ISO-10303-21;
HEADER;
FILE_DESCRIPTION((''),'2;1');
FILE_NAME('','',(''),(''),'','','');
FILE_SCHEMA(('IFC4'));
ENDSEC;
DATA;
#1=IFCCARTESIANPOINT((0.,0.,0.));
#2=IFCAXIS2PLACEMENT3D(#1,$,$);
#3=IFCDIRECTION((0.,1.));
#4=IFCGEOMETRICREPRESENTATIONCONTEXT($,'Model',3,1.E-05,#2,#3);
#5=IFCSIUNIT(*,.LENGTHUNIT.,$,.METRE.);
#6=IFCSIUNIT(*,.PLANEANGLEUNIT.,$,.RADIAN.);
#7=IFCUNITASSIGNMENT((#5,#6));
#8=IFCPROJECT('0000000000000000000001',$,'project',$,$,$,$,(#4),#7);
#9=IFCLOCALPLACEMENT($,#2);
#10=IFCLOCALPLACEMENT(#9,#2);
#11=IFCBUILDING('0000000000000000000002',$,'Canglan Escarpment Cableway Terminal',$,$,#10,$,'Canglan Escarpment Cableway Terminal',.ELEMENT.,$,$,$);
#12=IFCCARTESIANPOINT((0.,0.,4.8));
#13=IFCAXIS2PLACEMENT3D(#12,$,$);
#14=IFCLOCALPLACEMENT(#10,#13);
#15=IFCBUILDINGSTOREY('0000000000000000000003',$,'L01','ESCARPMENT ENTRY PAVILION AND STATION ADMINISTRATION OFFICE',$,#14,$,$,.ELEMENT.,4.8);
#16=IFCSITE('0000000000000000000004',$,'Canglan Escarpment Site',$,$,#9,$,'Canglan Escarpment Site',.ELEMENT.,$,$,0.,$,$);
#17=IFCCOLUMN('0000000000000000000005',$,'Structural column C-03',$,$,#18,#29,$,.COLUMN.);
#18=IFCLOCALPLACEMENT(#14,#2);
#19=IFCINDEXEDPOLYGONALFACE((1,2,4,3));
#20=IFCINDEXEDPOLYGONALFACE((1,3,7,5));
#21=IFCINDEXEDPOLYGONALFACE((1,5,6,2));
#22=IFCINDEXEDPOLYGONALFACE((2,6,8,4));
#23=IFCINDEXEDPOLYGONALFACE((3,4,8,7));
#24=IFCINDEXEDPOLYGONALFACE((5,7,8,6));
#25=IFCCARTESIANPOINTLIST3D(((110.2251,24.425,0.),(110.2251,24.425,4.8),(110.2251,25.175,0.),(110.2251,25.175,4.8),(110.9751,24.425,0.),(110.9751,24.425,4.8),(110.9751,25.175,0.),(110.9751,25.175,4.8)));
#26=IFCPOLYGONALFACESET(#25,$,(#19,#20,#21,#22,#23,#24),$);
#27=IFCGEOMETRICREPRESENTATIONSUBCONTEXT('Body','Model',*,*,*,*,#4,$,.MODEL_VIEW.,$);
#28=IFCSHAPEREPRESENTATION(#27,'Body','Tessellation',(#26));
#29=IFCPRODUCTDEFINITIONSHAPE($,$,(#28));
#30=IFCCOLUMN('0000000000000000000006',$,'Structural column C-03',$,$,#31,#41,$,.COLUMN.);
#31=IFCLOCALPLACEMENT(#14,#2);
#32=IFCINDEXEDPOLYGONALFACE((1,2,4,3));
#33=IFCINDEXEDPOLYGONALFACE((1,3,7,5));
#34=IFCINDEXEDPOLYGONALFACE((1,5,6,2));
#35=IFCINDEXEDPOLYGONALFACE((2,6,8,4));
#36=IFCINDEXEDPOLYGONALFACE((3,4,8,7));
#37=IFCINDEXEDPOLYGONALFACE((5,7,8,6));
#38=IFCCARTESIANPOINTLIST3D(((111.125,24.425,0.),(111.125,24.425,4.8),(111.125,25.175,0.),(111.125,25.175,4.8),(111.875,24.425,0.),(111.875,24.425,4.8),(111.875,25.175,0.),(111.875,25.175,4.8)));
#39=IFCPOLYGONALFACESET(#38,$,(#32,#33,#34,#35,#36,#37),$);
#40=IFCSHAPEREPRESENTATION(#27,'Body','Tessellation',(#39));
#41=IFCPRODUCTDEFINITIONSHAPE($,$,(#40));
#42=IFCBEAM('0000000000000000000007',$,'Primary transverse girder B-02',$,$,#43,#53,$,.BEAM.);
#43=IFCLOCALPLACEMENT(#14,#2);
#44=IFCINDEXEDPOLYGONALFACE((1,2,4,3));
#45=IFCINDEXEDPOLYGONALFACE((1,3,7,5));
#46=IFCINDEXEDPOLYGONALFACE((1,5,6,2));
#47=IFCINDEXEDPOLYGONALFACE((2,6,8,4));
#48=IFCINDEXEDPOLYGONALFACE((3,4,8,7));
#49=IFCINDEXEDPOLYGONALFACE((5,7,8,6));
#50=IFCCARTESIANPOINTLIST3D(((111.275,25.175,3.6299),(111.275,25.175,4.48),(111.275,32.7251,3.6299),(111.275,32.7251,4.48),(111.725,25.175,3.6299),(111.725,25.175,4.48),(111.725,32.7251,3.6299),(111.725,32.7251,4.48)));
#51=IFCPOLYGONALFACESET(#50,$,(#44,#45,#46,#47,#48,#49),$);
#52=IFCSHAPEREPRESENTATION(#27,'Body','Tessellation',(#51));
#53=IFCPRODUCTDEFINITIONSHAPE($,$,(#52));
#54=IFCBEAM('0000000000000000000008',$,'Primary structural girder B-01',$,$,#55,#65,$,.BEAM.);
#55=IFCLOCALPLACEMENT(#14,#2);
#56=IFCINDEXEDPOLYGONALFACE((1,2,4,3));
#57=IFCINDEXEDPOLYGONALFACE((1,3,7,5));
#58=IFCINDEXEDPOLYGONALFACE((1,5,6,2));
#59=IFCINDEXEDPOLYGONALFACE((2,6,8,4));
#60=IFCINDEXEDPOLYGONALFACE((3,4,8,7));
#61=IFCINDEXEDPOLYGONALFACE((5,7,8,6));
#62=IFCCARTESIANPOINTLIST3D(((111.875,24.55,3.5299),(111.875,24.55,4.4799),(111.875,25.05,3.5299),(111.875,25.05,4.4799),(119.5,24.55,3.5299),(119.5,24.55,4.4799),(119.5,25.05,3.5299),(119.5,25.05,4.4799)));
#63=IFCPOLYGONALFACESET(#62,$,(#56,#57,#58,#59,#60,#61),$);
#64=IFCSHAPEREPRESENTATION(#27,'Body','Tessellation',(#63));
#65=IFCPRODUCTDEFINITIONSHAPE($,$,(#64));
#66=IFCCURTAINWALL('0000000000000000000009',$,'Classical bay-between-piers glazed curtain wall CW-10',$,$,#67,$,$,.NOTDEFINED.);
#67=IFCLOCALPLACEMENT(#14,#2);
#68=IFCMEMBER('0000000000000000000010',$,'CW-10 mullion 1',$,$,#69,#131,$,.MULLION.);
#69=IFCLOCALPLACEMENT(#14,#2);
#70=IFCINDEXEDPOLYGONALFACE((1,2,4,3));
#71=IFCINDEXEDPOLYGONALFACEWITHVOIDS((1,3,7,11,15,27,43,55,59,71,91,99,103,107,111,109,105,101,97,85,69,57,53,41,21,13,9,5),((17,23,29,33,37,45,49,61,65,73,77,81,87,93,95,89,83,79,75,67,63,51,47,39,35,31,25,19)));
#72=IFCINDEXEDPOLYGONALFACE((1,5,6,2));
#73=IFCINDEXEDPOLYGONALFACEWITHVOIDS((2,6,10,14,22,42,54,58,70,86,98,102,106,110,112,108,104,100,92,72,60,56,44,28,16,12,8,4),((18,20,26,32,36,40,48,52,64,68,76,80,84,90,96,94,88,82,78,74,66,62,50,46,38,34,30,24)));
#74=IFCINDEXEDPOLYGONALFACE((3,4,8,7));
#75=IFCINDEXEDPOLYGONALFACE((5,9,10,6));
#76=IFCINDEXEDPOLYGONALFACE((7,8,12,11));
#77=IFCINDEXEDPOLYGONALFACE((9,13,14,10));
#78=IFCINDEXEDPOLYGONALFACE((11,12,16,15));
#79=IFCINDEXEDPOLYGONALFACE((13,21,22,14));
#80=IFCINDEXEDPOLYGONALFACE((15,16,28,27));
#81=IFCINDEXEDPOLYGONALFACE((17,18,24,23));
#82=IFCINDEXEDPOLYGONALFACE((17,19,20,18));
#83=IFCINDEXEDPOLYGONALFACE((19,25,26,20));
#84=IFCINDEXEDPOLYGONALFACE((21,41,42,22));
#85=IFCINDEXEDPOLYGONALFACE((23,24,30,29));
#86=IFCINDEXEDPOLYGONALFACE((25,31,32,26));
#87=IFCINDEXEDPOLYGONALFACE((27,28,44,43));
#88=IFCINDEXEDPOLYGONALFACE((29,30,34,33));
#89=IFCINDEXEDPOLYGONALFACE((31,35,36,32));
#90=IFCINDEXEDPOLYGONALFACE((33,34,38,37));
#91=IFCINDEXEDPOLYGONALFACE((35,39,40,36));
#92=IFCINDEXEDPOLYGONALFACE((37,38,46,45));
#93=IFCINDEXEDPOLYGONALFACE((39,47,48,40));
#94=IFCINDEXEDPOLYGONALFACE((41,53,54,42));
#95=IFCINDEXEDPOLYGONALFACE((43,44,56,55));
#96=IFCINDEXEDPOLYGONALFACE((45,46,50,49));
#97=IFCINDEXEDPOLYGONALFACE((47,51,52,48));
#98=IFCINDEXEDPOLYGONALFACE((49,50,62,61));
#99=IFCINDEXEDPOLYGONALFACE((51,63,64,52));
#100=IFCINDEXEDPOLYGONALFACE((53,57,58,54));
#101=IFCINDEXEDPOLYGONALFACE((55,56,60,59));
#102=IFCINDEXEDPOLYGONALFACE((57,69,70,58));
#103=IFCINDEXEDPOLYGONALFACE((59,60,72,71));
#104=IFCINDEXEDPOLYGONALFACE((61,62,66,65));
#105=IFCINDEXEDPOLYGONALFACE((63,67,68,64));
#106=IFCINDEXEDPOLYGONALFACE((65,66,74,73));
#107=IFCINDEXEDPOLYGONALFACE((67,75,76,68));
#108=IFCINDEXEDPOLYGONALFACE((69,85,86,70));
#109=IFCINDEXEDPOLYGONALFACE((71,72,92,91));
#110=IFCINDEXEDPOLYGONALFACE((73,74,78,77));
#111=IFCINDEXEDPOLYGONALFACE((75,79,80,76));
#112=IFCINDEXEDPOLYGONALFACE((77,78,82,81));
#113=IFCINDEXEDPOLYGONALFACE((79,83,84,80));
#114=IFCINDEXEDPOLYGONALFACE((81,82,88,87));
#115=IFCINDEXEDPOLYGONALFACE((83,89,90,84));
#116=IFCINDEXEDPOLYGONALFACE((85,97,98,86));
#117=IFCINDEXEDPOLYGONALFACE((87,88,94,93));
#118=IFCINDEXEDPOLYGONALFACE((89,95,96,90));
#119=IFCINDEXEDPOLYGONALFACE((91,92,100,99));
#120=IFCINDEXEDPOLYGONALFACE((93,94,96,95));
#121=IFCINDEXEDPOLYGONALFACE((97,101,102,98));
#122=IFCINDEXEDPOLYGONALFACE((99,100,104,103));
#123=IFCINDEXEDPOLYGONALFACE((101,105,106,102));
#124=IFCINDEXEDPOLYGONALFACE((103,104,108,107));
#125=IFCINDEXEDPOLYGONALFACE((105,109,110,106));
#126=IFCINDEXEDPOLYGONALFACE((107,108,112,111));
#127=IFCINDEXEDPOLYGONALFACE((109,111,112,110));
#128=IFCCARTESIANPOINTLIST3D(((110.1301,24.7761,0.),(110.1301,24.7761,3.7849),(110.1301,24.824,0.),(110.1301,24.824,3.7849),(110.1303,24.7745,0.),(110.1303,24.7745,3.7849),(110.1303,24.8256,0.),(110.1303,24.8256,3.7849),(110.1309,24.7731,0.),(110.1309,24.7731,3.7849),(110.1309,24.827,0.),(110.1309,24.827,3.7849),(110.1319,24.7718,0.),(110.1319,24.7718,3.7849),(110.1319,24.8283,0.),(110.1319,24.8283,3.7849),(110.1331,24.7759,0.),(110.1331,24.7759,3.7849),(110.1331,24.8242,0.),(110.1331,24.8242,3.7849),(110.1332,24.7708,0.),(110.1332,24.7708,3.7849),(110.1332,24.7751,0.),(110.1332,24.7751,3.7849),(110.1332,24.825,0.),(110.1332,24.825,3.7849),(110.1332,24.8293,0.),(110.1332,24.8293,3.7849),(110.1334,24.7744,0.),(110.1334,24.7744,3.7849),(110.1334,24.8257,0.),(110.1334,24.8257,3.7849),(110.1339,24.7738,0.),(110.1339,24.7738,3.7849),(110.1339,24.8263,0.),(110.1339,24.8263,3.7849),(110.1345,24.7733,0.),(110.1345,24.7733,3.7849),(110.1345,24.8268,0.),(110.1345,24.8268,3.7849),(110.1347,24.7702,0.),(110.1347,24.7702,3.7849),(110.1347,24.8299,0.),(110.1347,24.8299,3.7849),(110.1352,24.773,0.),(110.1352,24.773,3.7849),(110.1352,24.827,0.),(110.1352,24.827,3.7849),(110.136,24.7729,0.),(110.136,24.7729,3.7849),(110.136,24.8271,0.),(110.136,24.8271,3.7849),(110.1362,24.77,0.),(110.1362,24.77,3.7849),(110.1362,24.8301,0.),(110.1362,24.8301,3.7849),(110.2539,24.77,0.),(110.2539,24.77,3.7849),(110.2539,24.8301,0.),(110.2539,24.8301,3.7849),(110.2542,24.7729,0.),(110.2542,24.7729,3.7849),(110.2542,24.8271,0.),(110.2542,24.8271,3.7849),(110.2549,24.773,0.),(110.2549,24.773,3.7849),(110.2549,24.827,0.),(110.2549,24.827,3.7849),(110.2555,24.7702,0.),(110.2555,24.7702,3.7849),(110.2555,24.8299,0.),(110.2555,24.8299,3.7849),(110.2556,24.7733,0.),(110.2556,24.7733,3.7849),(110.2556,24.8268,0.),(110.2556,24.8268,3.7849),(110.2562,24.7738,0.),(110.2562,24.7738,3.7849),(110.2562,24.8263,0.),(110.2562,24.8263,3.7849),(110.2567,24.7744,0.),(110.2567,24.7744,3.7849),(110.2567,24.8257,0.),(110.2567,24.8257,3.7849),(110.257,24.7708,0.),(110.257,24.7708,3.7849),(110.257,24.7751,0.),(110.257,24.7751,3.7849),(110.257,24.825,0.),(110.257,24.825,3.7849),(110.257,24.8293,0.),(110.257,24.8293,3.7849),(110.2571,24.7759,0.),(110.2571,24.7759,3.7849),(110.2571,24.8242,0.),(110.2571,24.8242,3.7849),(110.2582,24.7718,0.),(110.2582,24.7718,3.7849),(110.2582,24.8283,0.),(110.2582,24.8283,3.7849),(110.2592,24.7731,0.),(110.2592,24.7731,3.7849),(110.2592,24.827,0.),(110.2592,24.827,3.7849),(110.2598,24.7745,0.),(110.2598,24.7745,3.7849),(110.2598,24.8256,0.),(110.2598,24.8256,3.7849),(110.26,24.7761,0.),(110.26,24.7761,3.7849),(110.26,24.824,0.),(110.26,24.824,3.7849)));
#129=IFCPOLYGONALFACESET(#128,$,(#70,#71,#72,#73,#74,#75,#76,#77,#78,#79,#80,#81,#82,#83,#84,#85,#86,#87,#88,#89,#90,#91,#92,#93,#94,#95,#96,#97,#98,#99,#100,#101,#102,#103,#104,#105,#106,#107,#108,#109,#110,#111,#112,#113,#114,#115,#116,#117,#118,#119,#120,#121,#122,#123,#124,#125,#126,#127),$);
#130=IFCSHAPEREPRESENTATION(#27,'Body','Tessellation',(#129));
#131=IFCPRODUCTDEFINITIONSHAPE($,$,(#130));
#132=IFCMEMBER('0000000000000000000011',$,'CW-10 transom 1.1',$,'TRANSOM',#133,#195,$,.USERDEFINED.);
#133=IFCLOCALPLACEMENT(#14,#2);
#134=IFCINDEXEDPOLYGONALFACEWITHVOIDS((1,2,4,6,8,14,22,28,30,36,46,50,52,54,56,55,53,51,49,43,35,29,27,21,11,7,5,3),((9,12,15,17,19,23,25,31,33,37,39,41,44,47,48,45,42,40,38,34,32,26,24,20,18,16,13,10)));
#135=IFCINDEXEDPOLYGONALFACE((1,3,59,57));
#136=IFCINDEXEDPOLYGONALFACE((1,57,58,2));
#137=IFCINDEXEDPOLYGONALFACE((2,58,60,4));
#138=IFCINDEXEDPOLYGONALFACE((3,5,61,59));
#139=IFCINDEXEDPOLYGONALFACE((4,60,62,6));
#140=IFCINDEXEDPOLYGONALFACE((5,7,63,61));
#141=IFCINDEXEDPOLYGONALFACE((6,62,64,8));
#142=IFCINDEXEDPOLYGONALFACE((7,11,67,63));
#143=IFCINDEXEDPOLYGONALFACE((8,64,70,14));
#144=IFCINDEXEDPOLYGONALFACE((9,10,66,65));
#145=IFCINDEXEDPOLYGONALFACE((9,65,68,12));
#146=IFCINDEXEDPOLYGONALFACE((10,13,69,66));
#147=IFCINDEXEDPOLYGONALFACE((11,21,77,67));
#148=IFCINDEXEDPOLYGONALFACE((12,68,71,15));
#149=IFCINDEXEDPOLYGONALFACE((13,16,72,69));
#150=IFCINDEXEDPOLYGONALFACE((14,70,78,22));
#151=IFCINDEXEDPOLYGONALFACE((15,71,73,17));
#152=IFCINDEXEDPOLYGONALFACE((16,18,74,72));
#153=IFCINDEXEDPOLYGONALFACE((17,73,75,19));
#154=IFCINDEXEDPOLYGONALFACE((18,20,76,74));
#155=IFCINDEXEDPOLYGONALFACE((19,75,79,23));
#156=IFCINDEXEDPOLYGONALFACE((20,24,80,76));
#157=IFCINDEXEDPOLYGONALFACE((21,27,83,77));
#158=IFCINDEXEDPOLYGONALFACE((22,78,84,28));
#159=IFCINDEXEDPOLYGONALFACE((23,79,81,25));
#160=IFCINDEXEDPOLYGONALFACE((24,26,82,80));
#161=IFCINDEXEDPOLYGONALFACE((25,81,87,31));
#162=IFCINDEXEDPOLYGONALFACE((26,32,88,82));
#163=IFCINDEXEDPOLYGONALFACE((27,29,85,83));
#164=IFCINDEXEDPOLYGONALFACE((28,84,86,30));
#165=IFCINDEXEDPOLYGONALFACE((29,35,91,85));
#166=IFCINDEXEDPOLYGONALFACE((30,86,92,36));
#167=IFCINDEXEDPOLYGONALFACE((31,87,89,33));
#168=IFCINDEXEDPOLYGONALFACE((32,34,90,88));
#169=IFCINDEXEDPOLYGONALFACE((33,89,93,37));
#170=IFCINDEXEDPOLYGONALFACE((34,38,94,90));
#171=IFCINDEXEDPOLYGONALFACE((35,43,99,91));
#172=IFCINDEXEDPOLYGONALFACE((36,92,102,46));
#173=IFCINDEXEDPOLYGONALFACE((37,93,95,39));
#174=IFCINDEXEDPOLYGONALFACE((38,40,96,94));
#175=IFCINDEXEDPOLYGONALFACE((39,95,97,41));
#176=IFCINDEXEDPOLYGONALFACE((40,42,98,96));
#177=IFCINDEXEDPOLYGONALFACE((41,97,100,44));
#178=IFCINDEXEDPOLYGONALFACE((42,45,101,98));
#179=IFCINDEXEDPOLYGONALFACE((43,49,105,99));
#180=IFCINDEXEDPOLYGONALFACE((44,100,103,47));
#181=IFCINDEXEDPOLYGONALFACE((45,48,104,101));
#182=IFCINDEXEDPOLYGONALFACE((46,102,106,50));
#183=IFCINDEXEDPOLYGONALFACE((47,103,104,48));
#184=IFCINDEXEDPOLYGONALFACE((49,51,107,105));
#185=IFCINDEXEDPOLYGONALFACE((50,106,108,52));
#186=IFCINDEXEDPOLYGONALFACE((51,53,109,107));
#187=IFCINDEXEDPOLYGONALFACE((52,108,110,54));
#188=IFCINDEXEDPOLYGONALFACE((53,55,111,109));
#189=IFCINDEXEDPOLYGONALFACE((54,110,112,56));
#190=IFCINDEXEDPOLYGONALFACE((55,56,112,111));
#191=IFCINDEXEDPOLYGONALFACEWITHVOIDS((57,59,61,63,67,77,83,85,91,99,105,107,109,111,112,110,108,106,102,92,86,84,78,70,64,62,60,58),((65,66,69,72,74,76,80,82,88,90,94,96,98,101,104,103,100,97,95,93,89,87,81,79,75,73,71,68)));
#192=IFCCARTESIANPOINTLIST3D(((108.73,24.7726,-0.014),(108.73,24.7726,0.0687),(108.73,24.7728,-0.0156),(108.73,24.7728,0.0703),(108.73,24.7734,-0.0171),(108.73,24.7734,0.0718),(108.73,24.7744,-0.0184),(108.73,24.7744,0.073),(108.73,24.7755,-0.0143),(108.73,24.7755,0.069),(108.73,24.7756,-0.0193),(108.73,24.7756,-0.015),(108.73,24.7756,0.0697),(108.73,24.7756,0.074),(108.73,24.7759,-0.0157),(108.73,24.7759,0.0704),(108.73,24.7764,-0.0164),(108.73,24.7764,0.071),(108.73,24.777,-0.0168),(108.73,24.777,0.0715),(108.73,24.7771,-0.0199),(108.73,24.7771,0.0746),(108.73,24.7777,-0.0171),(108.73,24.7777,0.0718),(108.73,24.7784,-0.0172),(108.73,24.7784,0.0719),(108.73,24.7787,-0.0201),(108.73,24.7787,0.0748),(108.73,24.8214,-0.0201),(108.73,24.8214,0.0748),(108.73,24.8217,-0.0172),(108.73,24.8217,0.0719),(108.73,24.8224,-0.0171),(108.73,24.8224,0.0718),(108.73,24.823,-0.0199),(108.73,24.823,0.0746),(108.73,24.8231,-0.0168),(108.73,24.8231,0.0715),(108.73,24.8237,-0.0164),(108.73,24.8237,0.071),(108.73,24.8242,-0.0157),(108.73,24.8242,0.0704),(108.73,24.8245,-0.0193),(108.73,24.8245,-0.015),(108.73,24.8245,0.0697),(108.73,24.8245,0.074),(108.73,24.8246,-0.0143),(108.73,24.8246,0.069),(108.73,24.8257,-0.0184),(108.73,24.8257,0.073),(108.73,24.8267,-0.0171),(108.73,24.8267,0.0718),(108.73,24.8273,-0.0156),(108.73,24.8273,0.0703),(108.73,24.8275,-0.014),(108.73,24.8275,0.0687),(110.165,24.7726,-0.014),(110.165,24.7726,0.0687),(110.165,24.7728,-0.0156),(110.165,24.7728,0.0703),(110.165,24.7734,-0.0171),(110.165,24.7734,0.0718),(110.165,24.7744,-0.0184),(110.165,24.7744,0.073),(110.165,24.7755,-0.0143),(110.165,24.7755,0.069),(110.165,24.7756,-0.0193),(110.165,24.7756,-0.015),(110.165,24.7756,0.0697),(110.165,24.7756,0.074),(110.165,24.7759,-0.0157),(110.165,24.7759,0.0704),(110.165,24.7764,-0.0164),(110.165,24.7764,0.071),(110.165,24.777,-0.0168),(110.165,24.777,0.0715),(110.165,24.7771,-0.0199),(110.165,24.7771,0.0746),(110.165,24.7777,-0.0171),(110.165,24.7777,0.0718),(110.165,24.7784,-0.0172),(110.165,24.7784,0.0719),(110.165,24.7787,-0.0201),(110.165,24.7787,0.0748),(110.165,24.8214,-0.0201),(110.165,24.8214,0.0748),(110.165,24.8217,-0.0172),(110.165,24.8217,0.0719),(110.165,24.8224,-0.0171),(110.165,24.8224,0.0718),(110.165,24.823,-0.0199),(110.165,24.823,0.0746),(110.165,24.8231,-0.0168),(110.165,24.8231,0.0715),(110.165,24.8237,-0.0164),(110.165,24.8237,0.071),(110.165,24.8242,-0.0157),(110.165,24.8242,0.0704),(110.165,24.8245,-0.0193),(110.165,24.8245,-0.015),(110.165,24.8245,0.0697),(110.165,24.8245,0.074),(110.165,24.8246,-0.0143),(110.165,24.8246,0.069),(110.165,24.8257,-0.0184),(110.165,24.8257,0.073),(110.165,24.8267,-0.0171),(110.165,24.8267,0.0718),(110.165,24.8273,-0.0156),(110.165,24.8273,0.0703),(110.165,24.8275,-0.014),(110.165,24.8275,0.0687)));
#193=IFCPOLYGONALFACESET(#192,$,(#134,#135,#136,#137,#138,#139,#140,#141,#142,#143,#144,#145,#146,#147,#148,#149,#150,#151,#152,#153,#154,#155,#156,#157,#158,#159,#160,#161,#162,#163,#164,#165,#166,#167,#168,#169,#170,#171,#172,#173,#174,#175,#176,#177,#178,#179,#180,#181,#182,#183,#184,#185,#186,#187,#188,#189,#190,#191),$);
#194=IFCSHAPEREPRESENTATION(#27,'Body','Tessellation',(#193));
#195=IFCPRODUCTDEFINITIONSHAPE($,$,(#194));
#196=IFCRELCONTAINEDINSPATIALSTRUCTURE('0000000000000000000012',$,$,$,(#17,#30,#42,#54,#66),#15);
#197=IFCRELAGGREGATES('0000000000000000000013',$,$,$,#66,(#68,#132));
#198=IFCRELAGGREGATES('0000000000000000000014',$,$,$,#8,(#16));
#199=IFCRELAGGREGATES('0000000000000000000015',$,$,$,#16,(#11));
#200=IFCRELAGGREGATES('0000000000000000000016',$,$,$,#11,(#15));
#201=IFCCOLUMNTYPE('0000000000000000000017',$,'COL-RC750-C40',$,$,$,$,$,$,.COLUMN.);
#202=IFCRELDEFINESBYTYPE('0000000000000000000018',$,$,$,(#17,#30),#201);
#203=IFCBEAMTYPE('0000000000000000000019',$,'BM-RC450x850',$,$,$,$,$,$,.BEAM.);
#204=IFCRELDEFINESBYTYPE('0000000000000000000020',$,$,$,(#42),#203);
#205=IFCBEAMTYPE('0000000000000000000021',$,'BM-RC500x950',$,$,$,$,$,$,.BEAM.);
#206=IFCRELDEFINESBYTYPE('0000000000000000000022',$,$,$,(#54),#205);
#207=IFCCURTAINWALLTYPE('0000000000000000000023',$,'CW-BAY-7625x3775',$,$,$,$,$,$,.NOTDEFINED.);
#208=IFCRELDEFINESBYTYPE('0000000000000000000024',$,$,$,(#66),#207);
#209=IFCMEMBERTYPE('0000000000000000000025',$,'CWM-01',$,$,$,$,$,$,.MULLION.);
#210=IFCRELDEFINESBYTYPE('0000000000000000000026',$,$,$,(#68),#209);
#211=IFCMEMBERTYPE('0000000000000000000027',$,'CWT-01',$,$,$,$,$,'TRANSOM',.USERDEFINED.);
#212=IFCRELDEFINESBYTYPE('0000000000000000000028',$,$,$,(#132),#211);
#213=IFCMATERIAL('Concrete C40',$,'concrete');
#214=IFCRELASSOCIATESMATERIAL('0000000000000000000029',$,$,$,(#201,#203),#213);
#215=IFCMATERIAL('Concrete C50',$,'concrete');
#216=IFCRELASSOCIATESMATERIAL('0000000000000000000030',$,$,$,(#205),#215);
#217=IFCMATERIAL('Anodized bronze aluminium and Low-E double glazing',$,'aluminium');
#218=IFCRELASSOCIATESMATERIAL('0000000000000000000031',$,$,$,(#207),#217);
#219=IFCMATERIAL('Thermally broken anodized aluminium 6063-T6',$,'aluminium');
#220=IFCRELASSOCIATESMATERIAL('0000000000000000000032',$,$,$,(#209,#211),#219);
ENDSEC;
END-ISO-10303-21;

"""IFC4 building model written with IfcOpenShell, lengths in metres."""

from ifc_helpers import new_model, si_unit, direction, frame, origin, origin_2d, place, context, subcontext, project, spatial, rectangle, hollow_rectangle, extrude, material, material_profile, profile_set, type_object, element, aggregate, save


model = new_model("IFC4")

# Units and contexts
model_context = context("Model", 3, precision=1e-05, world=origin(), true_north=direction((0.0, 1.0)))
body_context = subcontext(model_context, "Body", "Model", "MODEL_VIEW")
ifc_project = project(units=[si_unit("LENGTHUNIT", "METRE"), si_unit("PLANEANGLEUNIT", "RADIAN")], contexts=[model_context])

# Site, building, storey
site_placement = place(None, origin())
site = spatial("IfcSite", under=ifc_project, at=site_placement, Name="Canglan Escarpment Site", LongName="Canglan Escarpment Site", CompositionType="ELEMENT", RefElevation=0.0)
building_placement = place(site_placement, origin())
building = spatial("IfcBuilding", under=site, at=building_placement, Name="Canglan Escarpment Cableway Terminal", LongName="Canglan Escarpment Cableway Terminal", CompositionType="ELEMENT")
storey_placement = place(building_placement, frame((0.0, 0.0, 4.8)))
storey = spatial("IfcBuildingStorey", under=building, at=storey_placement, Name="L01", Description="ESCARPMENT ENTRY PAVILION AND STATION ADMINISTRATION OFFICE", CompositionType="ELEMENT", Elevation=4.8)

# Shared definitions
ifc_material_1 = material(Name="Concrete C40", Category="concrete")

# Columns
ifc_material_profile_1 = material_profile(ifc_material_1, rectangle(XDim=0.75, YDim=0.75, at=origin_2d()), Name="RC 750x750")
ifc_profile_set_1 = profile_set([ifc_material_profile_1], Name="Concrete C40")
column_type = type_object("IfcColumnType", Name="COL-RC750-C40", PredefinedType="COLUMN", material=ifc_profile_set_1)
for number, where, z_axis, x_axis, name in (
    (1, (110.6001, 24.8, 0.0), (0.0, 0.0, 1.0), (1.0, 0.0, 0.0), "Structural column C-03"),
    (2, (111.5, 24.8, 0.0), (0.0, 0.0, 1.0), (1.0, 0.0, 0.0), "Structural column C-03"),
):
    element("IfcColumn", number, at=place(storey_placement, frame(where, z_axis=z_axis, x_axis=x_axis)), inside=storey, type_object=column_type, Name=name, PredefinedType="COLUMN", context=body_context, shape_type="SweptSolid", body=[
        extrude(rectangle(XDim=0.75, YDim=0.75, at=origin_2d()), origin(), (0.0, 0.0, 1.0), 4.8),
    ])

# Beams
ifc_material_profile_2 = material_profile(ifc_material_1, rectangle(XDim=0.45, YDim=0.8501, at=origin_2d()), Name="RC 450x850")
ifc_profile_set_2 = profile_set([ifc_material_profile_2], Name="Concrete C40")
beam_type_1 = type_object("IfcBeamType", Name="BM-RC450x850", PredefinedType="BEAM", material=ifc_profile_set_2)
beam_1_placement = place(storey_placement, frame((111.5, 25.175, 4.0549), z_axis=(0.0, 1.0, 0.0), x_axis=(-1.0, 0.0, 0.0)))
element("IfcBeam", 3, at=beam_1_placement, inside=storey, type_object=beam_type_1, Name="Primary transverse girder B-02", PredefinedType="BEAM", context=body_context, shape_type="SweptSolid", body=[
    extrude(rectangle(XDim=0.45, YDim=0.8501, at=origin_2d()), origin(), (0.0, 0.0, 1.0), 7.55),
])
ifc_material_2 = material(Name="Concrete C50", Category="concrete")
ifc_material_profile_3 = material_profile(ifc_material_2, rectangle(XDim=0.5, YDim=0.95, at=origin_2d()), Name="RC 500x950")
ifc_profile_set_3 = profile_set([ifc_material_profile_3], Name="Concrete C50")
beam_type_2 = type_object("IfcBeamType", Name="BM-RC500x950", PredefinedType="BEAM", material=ifc_profile_set_3)
beam_2_placement = place(storey_placement, frame((111.875, 24.8, 4.0049), z_axis=(1.0, 0.0, 0.0), x_axis=(0.0, 1.0, 0.0)))
element("IfcBeam", 4, at=beam_2_placement, inside=storey, type_object=beam_type_2, Name="Primary structural girder B-01", PredefinedType="BEAM", context=body_context, shape_type="SweptSolid", body=[
    extrude(rectangle(XDim=0.5, YDim=0.95, at=origin_2d()), origin(), (0.0, 0.0, 1.0), 7.625),
])

# Curtain wall, members
ifc_material_3 = material(Name="Anodized bronze aluminium and Low-E double glazing", Category="aluminium")
curtain_wall_type = type_object("IfcCurtainWallType", Name="CW-BAY-7625x3775", PredefinedType="NOTDEFINED", material=ifc_material_3)
curtain_wall_placement = place(storey_placement, origin())
curtain_wall = element("IfcCurtainWall", 5, at=curtain_wall_placement, inside=storey, type_object=curtain_wall_type, Name="Classical bay-between-piers glazed curtain wall CW-10", PredefinedType="NOTDEFINED")
ifc_material_4 = material(Name="Thermally broken anodized aluminium 6063-T6", Category="aluminium")
ifc_material_profile_4 = material_profile(ifc_material_4, hollow_rectangle(XDim=0.0601, YDim=0.1299, WallThickness=0.0029, InnerFilletRadius=0.0029, OuterFilletRadius=0.0061, at=origin_2d()), Name="ALU-MULL 60x130x3")
ifc_profile_set_4 = profile_set([ifc_material_profile_4], Name="Thermally broken anodized aluminium 6063-T6")
member_type_1 = type_object("IfcMemberType", Name="CWM-01", PredefinedType="MULLION", material=ifc_profile_set_4)
member_1_placement = place(storey_placement, frame((110.1951, 24.8, 0.0), z_axis=(0.0, 0.0, 1.0), x_axis=(0.0, -1.0, 0.0)))
member_1 = element("IfcMember", 6, at=member_1_placement, type_object=member_type_1, Name="CW-10 mullion 1", PredefinedType="MULLION", context=body_context, shape_type="SweptSolid", body=[
    extrude(hollow_rectangle(XDim=0.0601, YDim=0.1299, WallThickness=0.0029, InnerFilletRadius=0.0029, OuterFilletRadius=0.0061, at=origin_2d()), origin(), (0.0, 0.0, 1.0), 3.7849),
])
ifc_material_profile_5 = material_profile(ifc_material_4, hollow_rectangle(XDim=0.0549, YDim=0.095, WallThickness=0.0029, InnerFilletRadius=0.0029, OuterFilletRadius=0.0061, at=origin_2d()), Name="ALU-TRAN 55x95x3")
ifc_profile_set_5 = profile_set([ifc_material_profile_5], Name="Thermally broken anodized aluminium 6063-T6")
member_type_2 = type_object("IfcMemberType", Name="CWT-01", ElementType="TRANSOM", PredefinedType="USERDEFINED", material=ifc_profile_set_5)
member_2_placement = place(storey_placement, frame((110.165, 24.8, 0.0273), z_axis=(-1.0, 0.0, 0.0), x_axis=(0.0, -1.0, 0.0)))
member_2 = element("IfcMember", 7, at=member_2_placement, type_object=member_type_2, Name="CW-10 transom 1.1", ObjectType="TRANSOM", PredefinedType="USERDEFINED", context=body_context, shape_type="SweptSolid", body=[
    extrude(hollow_rectangle(XDim=0.0549, YDim=0.095, WallThickness=0.0029, InnerFilletRadius=0.0029, OuterFilletRadius=0.0061, at=origin_2d()), origin(), (0.0, 0.0, 1.0), 1.4351),
])
aggregate(curtain_wall, [member_1, member_2])

save(model, "model.ifc")
